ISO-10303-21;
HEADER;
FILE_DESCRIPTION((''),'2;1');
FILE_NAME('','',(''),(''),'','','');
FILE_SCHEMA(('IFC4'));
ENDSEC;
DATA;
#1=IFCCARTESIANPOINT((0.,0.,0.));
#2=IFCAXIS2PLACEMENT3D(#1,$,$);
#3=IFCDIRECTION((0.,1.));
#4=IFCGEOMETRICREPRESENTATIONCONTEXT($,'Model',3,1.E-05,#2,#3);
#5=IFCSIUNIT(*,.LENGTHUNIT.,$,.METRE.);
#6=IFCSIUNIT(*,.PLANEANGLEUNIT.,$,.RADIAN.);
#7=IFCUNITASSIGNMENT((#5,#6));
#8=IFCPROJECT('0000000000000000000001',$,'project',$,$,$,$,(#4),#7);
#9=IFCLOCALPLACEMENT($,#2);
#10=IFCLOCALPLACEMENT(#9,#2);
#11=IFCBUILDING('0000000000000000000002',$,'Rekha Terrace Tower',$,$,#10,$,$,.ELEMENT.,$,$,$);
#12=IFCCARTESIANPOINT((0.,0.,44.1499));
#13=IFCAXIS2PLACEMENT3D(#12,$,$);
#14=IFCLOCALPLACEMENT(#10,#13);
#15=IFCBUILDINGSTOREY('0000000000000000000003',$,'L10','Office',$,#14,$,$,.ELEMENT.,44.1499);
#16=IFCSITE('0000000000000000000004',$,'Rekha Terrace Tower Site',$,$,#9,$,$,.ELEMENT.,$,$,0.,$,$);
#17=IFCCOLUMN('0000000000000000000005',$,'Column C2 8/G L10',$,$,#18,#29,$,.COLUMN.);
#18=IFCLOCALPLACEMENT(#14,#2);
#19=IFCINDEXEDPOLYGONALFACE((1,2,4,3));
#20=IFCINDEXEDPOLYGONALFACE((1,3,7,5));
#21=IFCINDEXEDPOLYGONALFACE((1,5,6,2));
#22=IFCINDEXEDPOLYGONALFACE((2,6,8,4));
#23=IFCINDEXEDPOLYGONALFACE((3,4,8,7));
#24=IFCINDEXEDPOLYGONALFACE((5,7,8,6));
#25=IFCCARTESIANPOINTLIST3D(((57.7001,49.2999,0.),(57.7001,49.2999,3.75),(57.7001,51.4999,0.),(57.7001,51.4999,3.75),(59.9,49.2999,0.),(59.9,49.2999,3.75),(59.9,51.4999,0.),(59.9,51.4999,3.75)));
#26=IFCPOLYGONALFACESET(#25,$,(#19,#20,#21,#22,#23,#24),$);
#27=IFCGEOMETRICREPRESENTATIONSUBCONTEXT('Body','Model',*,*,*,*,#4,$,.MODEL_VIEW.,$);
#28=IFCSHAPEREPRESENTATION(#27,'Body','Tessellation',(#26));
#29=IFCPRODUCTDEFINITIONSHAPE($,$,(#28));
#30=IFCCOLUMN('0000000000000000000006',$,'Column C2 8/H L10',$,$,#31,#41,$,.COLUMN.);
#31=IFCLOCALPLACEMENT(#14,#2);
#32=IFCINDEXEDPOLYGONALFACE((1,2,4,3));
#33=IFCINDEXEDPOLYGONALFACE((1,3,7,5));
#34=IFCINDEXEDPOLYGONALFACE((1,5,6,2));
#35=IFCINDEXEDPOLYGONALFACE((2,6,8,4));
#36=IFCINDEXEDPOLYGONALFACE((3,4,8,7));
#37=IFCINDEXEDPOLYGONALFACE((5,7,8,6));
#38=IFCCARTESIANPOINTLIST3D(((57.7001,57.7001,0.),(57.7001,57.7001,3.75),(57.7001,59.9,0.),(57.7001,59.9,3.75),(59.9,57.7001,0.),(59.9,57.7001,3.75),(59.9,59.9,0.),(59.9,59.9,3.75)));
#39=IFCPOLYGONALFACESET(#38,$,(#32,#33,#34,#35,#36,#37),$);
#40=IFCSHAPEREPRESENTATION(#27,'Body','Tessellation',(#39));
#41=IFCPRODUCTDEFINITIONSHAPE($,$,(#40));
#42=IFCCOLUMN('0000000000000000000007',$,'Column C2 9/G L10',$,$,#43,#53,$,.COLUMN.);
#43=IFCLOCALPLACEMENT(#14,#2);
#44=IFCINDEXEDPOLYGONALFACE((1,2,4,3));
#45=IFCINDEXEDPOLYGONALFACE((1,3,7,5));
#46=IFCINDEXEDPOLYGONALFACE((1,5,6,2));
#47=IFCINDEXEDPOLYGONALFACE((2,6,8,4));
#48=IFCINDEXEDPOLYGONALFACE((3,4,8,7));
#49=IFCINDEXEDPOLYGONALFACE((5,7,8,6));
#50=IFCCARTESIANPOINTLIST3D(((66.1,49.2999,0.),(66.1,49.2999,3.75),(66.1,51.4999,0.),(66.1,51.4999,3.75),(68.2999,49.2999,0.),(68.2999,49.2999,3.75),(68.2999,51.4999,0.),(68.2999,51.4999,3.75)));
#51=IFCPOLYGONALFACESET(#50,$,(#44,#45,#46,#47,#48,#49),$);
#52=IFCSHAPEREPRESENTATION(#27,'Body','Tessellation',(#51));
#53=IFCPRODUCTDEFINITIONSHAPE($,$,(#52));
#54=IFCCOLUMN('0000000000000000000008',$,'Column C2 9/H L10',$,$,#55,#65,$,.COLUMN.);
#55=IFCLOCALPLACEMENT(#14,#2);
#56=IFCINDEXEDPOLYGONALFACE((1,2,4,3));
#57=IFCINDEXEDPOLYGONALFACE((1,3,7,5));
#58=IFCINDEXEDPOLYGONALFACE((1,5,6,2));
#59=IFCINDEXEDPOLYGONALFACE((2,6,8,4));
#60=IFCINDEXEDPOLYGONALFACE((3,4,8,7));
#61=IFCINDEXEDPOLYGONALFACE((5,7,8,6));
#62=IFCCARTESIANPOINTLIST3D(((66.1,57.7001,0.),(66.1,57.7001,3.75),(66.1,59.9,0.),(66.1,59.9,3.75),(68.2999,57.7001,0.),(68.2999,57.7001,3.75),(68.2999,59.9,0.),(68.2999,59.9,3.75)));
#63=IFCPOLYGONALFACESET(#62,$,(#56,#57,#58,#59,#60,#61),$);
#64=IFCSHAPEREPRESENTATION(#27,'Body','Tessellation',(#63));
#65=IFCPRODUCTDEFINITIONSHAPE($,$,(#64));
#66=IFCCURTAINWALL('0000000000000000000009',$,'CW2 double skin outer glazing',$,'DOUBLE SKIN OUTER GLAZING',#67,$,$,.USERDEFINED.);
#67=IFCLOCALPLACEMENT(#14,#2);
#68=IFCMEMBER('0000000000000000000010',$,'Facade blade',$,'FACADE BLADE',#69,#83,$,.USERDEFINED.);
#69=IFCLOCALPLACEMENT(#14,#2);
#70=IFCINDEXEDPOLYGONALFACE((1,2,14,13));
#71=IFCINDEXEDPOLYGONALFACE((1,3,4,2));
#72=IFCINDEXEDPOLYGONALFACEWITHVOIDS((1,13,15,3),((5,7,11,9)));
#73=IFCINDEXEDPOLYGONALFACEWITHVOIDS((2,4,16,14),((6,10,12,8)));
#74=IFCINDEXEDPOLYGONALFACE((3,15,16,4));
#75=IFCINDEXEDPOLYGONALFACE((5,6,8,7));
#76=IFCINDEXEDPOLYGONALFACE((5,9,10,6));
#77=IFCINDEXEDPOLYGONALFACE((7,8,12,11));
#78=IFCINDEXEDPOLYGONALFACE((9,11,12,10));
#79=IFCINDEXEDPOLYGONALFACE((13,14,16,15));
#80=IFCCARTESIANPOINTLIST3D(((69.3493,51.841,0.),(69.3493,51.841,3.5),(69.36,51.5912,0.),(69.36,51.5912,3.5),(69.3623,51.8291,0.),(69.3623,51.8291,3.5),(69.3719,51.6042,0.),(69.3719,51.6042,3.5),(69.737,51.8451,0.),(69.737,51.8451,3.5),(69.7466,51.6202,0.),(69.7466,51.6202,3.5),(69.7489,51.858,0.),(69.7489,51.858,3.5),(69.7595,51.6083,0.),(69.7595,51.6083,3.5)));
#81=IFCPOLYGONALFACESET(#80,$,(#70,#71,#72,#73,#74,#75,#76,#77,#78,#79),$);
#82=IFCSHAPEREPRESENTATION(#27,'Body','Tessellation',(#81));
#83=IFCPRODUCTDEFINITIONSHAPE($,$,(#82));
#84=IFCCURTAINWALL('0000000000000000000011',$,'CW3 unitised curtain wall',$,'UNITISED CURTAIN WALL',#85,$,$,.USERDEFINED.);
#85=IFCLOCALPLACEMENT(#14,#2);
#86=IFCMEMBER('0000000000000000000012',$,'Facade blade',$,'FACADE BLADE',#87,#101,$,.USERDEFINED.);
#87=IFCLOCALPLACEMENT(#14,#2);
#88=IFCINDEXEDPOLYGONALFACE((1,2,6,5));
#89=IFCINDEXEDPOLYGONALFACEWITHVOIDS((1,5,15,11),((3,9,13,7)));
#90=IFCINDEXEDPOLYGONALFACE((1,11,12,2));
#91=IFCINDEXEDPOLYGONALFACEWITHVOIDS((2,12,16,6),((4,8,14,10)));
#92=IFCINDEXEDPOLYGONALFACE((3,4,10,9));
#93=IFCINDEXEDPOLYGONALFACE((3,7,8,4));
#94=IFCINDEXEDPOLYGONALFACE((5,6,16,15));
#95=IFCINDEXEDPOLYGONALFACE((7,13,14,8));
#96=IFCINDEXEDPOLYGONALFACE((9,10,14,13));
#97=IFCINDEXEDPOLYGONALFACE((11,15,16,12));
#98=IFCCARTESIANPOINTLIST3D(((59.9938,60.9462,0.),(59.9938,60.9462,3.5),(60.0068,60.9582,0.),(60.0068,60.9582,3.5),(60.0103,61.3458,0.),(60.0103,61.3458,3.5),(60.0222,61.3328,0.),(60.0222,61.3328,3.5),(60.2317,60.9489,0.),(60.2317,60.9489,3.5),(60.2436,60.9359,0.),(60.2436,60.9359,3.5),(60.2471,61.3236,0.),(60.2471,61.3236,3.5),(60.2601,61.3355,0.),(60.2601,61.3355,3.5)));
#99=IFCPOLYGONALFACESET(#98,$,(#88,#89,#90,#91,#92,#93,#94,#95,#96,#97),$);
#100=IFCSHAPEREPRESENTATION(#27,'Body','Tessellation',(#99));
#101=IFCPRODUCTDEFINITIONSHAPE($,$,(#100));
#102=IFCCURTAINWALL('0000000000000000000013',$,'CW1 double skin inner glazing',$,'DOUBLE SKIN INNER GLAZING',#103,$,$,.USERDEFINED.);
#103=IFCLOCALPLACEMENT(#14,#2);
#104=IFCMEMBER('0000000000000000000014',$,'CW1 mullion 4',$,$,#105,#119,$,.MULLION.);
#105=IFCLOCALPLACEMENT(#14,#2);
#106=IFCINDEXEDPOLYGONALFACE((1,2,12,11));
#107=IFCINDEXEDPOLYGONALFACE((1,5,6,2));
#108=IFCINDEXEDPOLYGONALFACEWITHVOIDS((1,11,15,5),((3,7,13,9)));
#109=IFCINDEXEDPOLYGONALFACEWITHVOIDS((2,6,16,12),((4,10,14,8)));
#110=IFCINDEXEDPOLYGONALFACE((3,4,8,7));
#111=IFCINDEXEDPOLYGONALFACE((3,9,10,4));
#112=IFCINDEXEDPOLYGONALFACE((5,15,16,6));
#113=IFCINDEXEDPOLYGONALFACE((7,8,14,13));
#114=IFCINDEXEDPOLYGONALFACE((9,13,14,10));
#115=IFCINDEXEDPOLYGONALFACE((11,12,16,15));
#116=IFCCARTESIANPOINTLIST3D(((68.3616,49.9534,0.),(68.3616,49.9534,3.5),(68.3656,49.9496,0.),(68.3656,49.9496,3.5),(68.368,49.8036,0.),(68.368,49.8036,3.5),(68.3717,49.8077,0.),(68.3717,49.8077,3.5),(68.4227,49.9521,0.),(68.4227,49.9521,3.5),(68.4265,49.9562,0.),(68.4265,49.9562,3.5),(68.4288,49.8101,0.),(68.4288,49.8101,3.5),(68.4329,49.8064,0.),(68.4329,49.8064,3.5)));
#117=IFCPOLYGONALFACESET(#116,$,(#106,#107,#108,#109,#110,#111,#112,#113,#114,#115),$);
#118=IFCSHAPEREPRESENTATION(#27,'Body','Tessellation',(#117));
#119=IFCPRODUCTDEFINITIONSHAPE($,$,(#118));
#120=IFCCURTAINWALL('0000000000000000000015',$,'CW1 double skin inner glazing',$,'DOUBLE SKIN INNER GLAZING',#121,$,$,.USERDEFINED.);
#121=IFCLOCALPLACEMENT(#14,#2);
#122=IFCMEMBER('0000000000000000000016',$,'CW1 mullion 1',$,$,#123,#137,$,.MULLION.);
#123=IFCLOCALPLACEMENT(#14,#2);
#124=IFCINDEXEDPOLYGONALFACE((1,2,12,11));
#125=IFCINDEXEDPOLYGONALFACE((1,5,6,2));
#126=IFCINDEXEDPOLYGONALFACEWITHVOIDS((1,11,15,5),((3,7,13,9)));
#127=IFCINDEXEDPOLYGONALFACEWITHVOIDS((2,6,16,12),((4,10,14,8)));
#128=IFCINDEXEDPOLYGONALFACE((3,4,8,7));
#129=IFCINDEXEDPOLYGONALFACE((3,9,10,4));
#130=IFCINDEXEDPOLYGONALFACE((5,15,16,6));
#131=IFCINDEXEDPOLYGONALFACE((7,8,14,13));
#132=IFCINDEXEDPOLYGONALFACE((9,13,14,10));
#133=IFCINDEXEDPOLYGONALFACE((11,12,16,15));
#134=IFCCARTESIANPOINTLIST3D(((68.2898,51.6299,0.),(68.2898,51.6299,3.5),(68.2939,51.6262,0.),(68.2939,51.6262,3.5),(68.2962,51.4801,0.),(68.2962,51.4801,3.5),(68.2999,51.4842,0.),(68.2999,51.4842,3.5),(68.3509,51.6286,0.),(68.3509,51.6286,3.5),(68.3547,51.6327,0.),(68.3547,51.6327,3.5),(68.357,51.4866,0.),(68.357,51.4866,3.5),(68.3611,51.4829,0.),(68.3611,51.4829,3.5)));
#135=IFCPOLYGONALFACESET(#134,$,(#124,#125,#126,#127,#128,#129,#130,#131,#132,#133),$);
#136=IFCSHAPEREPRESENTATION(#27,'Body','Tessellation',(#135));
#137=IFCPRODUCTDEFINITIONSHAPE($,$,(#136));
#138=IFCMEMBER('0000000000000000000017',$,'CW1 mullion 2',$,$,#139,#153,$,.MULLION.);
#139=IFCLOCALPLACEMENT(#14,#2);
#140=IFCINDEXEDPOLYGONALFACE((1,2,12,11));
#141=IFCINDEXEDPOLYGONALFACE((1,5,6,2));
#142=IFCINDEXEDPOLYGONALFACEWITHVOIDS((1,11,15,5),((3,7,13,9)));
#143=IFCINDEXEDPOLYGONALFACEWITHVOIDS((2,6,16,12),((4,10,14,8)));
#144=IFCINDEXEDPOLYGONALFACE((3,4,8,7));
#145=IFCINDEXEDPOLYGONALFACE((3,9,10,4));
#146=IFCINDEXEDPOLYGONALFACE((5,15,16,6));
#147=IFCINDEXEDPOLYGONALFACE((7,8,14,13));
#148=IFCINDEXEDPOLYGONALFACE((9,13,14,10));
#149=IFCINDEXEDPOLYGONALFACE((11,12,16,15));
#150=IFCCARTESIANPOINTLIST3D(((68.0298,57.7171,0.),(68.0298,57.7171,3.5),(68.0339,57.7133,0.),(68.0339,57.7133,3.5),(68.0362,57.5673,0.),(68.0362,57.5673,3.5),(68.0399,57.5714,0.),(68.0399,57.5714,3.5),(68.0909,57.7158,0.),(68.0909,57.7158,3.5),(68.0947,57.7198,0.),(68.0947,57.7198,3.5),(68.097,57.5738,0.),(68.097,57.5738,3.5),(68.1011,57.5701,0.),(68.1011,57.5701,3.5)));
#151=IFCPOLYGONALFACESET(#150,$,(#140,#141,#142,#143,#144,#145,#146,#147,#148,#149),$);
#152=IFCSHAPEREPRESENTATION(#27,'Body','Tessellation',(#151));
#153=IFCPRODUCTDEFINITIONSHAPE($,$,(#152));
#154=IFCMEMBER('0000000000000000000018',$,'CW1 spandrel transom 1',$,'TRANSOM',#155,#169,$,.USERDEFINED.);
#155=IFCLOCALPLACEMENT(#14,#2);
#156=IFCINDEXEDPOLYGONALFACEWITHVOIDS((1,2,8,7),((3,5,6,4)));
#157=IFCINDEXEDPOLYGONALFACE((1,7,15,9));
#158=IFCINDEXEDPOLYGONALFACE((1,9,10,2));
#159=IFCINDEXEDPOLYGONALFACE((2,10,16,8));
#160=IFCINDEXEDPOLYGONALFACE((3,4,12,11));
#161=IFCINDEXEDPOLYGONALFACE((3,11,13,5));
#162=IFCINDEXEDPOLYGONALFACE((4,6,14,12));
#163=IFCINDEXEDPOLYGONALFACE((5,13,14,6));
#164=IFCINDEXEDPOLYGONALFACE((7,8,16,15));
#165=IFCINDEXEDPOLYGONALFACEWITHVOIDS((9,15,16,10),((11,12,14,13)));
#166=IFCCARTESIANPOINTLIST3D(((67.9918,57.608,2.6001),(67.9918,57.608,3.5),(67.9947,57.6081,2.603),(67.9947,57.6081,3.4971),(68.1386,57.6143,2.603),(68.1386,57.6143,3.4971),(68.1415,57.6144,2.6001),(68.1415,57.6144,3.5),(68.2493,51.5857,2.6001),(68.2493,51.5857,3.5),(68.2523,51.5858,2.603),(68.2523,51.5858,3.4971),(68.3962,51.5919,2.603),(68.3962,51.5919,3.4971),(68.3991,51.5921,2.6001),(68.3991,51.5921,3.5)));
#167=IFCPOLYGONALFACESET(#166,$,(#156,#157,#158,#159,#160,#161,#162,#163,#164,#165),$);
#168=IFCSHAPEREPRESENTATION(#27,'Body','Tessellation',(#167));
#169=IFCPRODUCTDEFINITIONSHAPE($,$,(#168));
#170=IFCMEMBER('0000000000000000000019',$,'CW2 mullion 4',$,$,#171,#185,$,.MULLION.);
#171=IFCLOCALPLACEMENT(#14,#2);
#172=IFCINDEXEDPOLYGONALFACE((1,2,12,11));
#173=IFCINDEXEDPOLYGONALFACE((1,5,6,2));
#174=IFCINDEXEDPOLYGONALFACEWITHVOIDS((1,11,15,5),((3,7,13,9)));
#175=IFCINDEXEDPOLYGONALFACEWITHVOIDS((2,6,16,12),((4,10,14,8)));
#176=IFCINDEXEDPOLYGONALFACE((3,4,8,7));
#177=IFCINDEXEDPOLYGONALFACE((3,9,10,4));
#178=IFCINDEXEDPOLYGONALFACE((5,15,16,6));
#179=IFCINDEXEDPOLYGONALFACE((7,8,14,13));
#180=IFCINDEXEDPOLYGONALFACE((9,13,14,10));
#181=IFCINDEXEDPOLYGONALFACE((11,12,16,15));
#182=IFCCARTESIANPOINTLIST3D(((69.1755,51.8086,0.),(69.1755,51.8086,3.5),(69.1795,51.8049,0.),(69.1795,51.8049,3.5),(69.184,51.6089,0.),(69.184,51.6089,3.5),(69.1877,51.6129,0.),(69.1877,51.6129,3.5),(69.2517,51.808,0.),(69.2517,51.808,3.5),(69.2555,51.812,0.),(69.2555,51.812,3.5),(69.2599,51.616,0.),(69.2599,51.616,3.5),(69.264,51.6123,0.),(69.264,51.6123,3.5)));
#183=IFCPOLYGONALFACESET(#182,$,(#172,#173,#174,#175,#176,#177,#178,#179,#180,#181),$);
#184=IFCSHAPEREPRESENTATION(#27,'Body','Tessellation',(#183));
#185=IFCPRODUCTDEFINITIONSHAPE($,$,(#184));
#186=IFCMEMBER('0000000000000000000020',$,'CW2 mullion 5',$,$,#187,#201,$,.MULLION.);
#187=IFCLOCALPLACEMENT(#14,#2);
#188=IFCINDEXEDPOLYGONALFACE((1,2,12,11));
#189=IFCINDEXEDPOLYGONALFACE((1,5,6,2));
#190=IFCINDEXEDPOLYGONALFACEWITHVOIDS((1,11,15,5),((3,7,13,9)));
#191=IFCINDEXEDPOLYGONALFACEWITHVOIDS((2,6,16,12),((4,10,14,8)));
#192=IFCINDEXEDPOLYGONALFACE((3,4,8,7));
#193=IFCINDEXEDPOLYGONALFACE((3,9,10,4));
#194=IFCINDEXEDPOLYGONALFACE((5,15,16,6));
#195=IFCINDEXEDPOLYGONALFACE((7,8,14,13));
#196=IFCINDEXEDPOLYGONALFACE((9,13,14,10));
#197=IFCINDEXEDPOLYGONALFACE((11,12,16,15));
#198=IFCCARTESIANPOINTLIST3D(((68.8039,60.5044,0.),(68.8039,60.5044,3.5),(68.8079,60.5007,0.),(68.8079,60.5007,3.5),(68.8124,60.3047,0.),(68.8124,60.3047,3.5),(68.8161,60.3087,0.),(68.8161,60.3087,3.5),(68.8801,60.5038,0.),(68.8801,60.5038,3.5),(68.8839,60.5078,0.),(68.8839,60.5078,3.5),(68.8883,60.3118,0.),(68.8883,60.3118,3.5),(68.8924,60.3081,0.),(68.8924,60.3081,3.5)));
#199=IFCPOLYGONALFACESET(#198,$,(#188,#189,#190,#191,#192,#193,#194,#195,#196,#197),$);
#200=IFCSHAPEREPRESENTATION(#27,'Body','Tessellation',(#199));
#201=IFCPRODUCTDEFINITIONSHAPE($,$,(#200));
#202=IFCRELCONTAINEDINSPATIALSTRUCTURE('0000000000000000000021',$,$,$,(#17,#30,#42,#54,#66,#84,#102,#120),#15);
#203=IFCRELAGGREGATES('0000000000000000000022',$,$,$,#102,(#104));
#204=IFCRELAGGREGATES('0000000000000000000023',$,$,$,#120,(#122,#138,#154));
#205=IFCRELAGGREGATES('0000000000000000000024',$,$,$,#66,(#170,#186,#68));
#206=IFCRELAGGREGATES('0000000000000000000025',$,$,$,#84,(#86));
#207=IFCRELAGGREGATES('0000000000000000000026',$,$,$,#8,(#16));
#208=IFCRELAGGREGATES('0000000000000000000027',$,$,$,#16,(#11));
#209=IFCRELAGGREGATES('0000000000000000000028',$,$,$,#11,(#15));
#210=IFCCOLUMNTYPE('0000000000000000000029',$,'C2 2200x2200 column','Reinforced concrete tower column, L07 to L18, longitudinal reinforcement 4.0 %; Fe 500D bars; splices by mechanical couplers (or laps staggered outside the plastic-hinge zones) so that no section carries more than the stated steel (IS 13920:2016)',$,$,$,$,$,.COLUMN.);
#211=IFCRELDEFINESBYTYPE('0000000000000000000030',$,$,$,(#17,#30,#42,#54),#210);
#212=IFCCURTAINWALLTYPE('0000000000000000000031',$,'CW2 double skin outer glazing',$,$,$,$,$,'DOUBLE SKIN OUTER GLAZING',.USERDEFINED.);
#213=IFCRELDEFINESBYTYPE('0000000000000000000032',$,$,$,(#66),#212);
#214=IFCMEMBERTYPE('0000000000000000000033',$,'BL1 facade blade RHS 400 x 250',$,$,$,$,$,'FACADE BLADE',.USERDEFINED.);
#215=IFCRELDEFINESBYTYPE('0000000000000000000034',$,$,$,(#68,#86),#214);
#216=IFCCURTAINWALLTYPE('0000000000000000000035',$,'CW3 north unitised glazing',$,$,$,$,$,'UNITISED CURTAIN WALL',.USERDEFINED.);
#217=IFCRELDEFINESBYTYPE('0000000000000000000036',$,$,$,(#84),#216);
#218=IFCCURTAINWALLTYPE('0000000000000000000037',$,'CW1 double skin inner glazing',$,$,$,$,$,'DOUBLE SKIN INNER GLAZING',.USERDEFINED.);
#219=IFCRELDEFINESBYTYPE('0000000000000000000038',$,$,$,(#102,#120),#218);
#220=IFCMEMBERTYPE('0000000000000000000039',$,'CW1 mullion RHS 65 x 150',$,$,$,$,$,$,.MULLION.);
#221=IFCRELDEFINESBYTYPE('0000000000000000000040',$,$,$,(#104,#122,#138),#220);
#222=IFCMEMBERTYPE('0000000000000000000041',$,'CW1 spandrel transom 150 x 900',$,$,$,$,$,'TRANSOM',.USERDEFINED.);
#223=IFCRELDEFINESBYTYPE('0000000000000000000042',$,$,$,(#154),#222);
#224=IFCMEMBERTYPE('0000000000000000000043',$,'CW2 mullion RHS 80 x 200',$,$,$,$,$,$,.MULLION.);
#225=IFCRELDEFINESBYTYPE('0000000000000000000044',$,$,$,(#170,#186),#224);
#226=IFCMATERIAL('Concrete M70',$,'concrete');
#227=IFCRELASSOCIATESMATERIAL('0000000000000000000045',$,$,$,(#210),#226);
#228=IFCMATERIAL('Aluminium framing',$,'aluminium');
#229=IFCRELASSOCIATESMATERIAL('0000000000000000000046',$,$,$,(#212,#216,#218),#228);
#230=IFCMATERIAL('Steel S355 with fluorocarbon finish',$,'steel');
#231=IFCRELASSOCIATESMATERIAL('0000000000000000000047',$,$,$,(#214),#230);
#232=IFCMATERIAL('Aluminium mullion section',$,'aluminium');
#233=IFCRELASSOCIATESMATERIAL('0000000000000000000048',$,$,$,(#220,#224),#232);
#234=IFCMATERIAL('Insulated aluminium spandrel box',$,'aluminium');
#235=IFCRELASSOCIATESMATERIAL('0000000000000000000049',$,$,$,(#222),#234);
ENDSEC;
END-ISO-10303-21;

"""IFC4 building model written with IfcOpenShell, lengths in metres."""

from ifc_helpers import new_model, si_unit, direction, frame, origin, origin_2d, place, context, subcontext, project, spatial, rectangle, hollow_rectangle, extrude, material, material_profile, profile_set, type_object, element, aggregate, save


model = new_model("IFC4")

# Units and contexts
model_context = context("Model", 3, precision=1e-05, world=origin(), true_north=direction((0.0, 1.0)))
body_context = subcontext(model_context, "Body", "Model", "MODEL_VIEW")
ifc_project = project(units=[si_unit("LENGTHUNIT", "METRE"), si_unit("PLANEANGLEUNIT", "RADIAN")], contexts=[model_context])

# Site, building, storey
site_placement = place(None, origin())
site = spatial("IfcSite", under=ifc_project, at=site_placement, Name="Rekha Terrace Tower Site", CompositionType="ELEMENT", RefElevation=0.0)
building_placement = place(site_placement, origin())
building = spatial("IfcBuilding", under=site, at=building_placement, Name="Rekha Terrace Tower", CompositionType="ELEMENT")
storey_placement = place(building_placement, frame((0.0, 0.0, 44.1499)))
storey = spatial("IfcBuildingStorey", under=building, at=storey_placement, Name="L10", Description="Office", CompositionType="ELEMENT", Elevation=44.1499)

# Columns
ifc_material_1 = material(Name="Concrete M70", Category="concrete")
ifc_material_profile_1 = material_profile(ifc_material_1, rectangle(XDim=2.2, YDim=2.2, at=origin_2d()), Name="RC 2200x2200")
ifc_profile_set_1 = profile_set([ifc_material_profile_1], Name="Concrete M70")
column_type = type_object("IfcColumnType", Name="C2 2200x2200 column", Description="Reinforced concrete tower column, L07 to L18, longitudinal reinforcement 4.0 %; Fe 500D bars; splices by mechanical couplers (or laps staggered outside the plastic-hinge zones) so that no section carries more than the stated steel (IS 13920:2016)", PredefinedType="COLUMN", material=ifc_profile_set_1)
for number, where, z_axis, x_axis, name in (
    (1, (58.8, 50.3999, 0.0), (0.0, 0.0, 1.0), (1.0, 0.0, 0.0), "Column C2 8/G L10"),
    (2, (58.8, 58.8, 0.0), (0.0, 0.0, 1.0), (1.0, 0.0, 0.0), "Column C2 8/H L10"),
    (3, (67.2, 50.3999, 0.0), (0.0, 0.0, 1.0), (1.0, 0.0, 0.0), "Column C2 9/G L10"),
    (4, (67.2, 58.8, 0.0), (0.0, 0.0, 1.0), (1.0, 0.0, 0.0), "Column C2 9/H L10"),
):
    element("IfcColumn", number, at=place(storey_placement, frame(where, z_axis=z_axis, x_axis=x_axis)), inside=storey, type_object=column_type, Name=name, PredefinedType="COLUMN", context=body_context, shape_type="SweptSolid", body=[
        extrude(rectangle(XDim=2.2, YDim=2.2, at=origin_2d()), origin(), (0.0, 0.0, 1.0), 3.75),
    ])

# Curtain walls, members
ifc_material_2 = material(Name="Aluminium framing", Category="aluminium")
curtain_wall_type_1 = type_object("IfcCurtainWallType", Name="CW2 double skin outer glazing", ElementType="DOUBLE SKIN OUTER GLAZING", PredefinedType="USERDEFINED", material=ifc_material_2)
curtain_wall_1_placement = place(storey_placement, origin())
curtain_wall_1 = element("IfcCurtainWall", 5, at=curtain_wall_1_placement, inside=storey, type_object=curtain_wall_type_1, Name="CW2 double skin outer glazing", ObjectType="DOUBLE SKIN OUTER GLAZING", PredefinedType="USERDEFINED")
ifc_material_3 = material(Name="Steel S355 with fluorocarbon finish", Category="steel")
ifc_material_profile_2 = material_profile(ifc_material_3, hollow_rectangle(XDim=0.25, YDim=0.3999, WallThickness=0.0125, at=origin_2d()), Name="RHS400x250x12.5")
ifc_profile_set_2 = profile_set([ifc_material_profile_2], Name="Steel S355 with fluorocarbon finish")
member_type_1 = type_object("IfcMemberType", Name="BL1 facade blade RHS 400 x 250", ElementType="FACADE BLADE", PredefinedType="USERDEFINED", material=ifc_profile_set_2)
member_1_placement = place(storey_placement, frame((69.5544, 51.7246, 0.0), z_axis=(0.0, 0.0, 1.0), x_axis=(-0.042695, 0.999088, 0.0)))
member_1 = element("IfcMember", 6, at=member_1_placement, type_object=member_type_1, Name="Facade blade", ObjectType="FACADE BLADE", PredefinedType="USERDEFINED", context=body_context, shape_type="SweptSolid", body=[
    extrude(hollow_rectangle(XDim=0.25, YDim=0.3999, WallThickness=0.0125, at=origin_2d()), origin(), (0.0, 0.0, 1.0), 3.5),
])
curtain_wall_type_2 = type_object("IfcCurtainWallType", Name="CW3 north unitised glazing", ElementType="UNITISED CURTAIN WALL", PredefinedType="USERDEFINED", material=ifc_material_2)
curtain_wall_2_placement = place(storey_placement, origin())
curtain_wall_2 = element("IfcCurtainWall", 7, at=curtain_wall_2_placement, inside=storey, type_object=curtain_wall_type_2, Name="CW3 unitised curtain wall", ObjectType="UNITISED CURTAIN WALL", PredefinedType="USERDEFINED")
member_2_placement = place(storey_placement, frame((60.127, 61.1409, 0.0), z_axis=(0.0, 0.0, 1.0), x_axis=(-0.999152, 0.041175, 0.0)))
member_2 = element("IfcMember", 8, at=member_2_placement, type_object=member_type_1, Name="Facade blade", ObjectType="FACADE BLADE", PredefinedType="USERDEFINED", context=body_context, shape_type="SweptSolid", body=[
    extrude(hollow_rectangle(XDim=0.25, YDim=0.3999, WallThickness=0.0125, at=origin_2d()), origin(), (0.0, 0.0, 1.0), 3.5),
])
curtain_wall_type_3 = type_object("IfcCurtainWallType", Name="CW1 double skin inner glazing", ElementType="DOUBLE SKIN INNER GLAZING", PredefinedType="USERDEFINED", material=ifc_material_2)
curtain_wall_3_placement = place(storey_placement, origin())
curtain_wall_3 = element("IfcCurtainWall", 9, at=curtain_wall_3_placement, inside=storey, type_object=curtain_wall_type_3, Name="CW1 double skin inner glazing", ObjectType="DOUBLE SKIN INNER GLAZING", PredefinedType="USERDEFINED")
ifc_material_4 = material(Name="Aluminium mullion section", Category="aluminium")
ifc_material_profile_3 = material_profile(ifc_material_4, hollow_rectangle(XDim=0.0649, YDim=0.1499, WallThickness=0.0039, at=origin_2d()), Name="AL RHS 65x150")
ifc_profile_set_3 = profile_set([ifc_material_profile_3], Name="Aluminium mullion section")
member_type_2 = type_object("IfcMemberType", Name="CW1 mullion RHS 65 x 150", PredefinedType="MULLION", material=ifc_profile_set_3)
member_3_placement = place(storey_placement, frame((68.3972, 49.8799, 0.0), z_axis=(0.0, 0.0, 1.0), x_axis=(-0.999088, -0.042696, 0.0)))
member_3 = element("IfcMember", 10, at=member_3_placement, type_object=member_type_2, Name="CW1 mullion 4", PredefinedType="MULLION", context=body_context, shape_type="SweptSolid", body=[
    extrude(hollow_rectangle(XDim=0.0649, YDim=0.1499, WallThickness=0.0039, at=origin_2d()), origin(), (0.0, 0.0, 1.0), 3.5),
])
aggregate(curtain_wall_3, [member_3])

# Curtain wall, members
curtain_wall_4_placement = place(storey_placement, origin())
curtain_wall_4 = element("IfcCurtainWall", 11, at=curtain_wall_4_placement, inside=storey, type_object=curtain_wall_type_3, Name="CW1 double skin inner glazing", ObjectType="DOUBLE SKIN INNER GLAZING", PredefinedType="USERDEFINED")
member_4_placement = place(storey_placement, frame((68.3254, 51.5564, 0.0), z_axis=(0.0, 0.0, 1.0), x_axis=(-0.999088, -0.042696, 0.0)))
member_4 = element("IfcMember", 12, at=member_4_placement, type_object=member_type_2, Name="CW1 mullion 1", PredefinedType="MULLION", context=body_context, shape_type="SweptSolid", body=[
    extrude(hollow_rectangle(XDim=0.0649, YDim=0.1499, WallThickness=0.0039, at=origin_2d()), origin(), (0.0, 0.0, 1.0), 3.5),
])
member_5_placement = place(storey_placement, frame((68.0654, 57.6436, 0.0), z_axis=(0.0, 0.0, 1.0), x_axis=(-0.999088, -0.042696, 0.0)))
member_5 = element("IfcMember", 13, at=member_5_placement, type_object=member_type_2, Name="CW1 mullion 2", PredefinedType="MULLION", context=body_context, shape_type="SweptSolid", body=[
    extrude(hollow_rectangle(XDim=0.0649, YDim=0.1499, WallThickness=0.0039, at=origin_2d()), origin(), (0.0, 0.0, 1.0), 3.5),
])
ifc_material_5 = material(Name="Insulated aluminium spandrel box", Category="aluminium")
ifc_material_profile_4 = material_profile(ifc_material_5, hollow_rectangle(XDim=0.1499, YDim=0.8999, WallThickness=0.0029, at=origin_2d()), Name="AL SPANDREL BOX 150x900")
ifc_profile_set_4 = profile_set([ifc_material_profile_4], Name="Insulated aluminium spandrel box")
member_type_3 = type_object("IfcMemberType", Name="CW1 spandrel transom 150 x 900", ElementType="TRANSOM", PredefinedType="USERDEFINED", material=ifc_profile_set_4)
member_6_placement = place(storey_placement, frame((68.3242, 51.5889, 3.05), z_axis=(-0.042731, 0.999087, 0.0), x_axis=(-0.999087, -0.042731, 0.0)))
member_6 = element("IfcMember", 14, at=member_6_placement, type_object=member_type_3, Name="CW1 spandrel transom 1", ObjectType="TRANSOM", PredefinedType="USERDEFINED", context=body_context, shape_type="SweptSolid", body=[
    extrude(hollow_rectangle(XDim=0.1499, YDim=0.8999, WallThickness=0.0029, at=origin_2d()), origin(), (0.0, 0.0, 1.0), 6.0278),
])

# Members
ifc_material_profile_5 = material_profile(ifc_material_4, hollow_rectangle(XDim=0.0801, YDim=0.2, WallThickness=0.0039, at=origin_2d()), Name="AL RHS 80x200")
ifc_profile_set_5 = profile_set([ifc_material_profile_5], Name="Aluminium mullion section")
member_type_4 = type_object("IfcMemberType", Name="CW2 mullion RHS 80 x 200", PredefinedType="MULLION", material=ifc_profile_set_5)
member_7_placement = place(storey_placement, frame((69.2197, 51.7104, 0.0), z_axis=(0.0, 0.0, 1.0), x_axis=(-0.999088, -0.042696, 0.0)))
member_7 = element("IfcMember", 15, at=member_7_placement, type_object=member_type_4, Name="CW2 mullion 4", PredefinedType="MULLION", context=body_context, shape_type="SweptSolid", body=[
    extrude(hollow_rectangle(XDim=0.0801, YDim=0.2, WallThickness=0.0039, at=origin_2d()), origin(), (0.0, 0.0, 1.0), 3.5),
])
member_8_placement = place(storey_placement, frame((68.8481, 60.4062, 0.0), z_axis=(0.0, 0.0, 1.0), x_axis=(-0.999088, -0.042696, 0.0)))
member_8 = element("IfcMember", 16, at=member_8_placement, type_object=member_type_4, Name="CW2 mullion 5", PredefinedType="MULLION", context=body_context, shape_type="SweptSolid", body=[
    extrude(hollow_rectangle(XDim=0.0801, YDim=0.2, WallThickness=0.0039, at=origin_2d()), origin(), (0.0, 0.0, 1.0), 3.5),
])

aggregate(curtain_wall_4, [member_4, member_5, member_6])
aggregate(curtain_wall_1, [member_7, member_8, member_1])
aggregate(curtain_wall_2, [member_2])

save(model, "model.ifc")
